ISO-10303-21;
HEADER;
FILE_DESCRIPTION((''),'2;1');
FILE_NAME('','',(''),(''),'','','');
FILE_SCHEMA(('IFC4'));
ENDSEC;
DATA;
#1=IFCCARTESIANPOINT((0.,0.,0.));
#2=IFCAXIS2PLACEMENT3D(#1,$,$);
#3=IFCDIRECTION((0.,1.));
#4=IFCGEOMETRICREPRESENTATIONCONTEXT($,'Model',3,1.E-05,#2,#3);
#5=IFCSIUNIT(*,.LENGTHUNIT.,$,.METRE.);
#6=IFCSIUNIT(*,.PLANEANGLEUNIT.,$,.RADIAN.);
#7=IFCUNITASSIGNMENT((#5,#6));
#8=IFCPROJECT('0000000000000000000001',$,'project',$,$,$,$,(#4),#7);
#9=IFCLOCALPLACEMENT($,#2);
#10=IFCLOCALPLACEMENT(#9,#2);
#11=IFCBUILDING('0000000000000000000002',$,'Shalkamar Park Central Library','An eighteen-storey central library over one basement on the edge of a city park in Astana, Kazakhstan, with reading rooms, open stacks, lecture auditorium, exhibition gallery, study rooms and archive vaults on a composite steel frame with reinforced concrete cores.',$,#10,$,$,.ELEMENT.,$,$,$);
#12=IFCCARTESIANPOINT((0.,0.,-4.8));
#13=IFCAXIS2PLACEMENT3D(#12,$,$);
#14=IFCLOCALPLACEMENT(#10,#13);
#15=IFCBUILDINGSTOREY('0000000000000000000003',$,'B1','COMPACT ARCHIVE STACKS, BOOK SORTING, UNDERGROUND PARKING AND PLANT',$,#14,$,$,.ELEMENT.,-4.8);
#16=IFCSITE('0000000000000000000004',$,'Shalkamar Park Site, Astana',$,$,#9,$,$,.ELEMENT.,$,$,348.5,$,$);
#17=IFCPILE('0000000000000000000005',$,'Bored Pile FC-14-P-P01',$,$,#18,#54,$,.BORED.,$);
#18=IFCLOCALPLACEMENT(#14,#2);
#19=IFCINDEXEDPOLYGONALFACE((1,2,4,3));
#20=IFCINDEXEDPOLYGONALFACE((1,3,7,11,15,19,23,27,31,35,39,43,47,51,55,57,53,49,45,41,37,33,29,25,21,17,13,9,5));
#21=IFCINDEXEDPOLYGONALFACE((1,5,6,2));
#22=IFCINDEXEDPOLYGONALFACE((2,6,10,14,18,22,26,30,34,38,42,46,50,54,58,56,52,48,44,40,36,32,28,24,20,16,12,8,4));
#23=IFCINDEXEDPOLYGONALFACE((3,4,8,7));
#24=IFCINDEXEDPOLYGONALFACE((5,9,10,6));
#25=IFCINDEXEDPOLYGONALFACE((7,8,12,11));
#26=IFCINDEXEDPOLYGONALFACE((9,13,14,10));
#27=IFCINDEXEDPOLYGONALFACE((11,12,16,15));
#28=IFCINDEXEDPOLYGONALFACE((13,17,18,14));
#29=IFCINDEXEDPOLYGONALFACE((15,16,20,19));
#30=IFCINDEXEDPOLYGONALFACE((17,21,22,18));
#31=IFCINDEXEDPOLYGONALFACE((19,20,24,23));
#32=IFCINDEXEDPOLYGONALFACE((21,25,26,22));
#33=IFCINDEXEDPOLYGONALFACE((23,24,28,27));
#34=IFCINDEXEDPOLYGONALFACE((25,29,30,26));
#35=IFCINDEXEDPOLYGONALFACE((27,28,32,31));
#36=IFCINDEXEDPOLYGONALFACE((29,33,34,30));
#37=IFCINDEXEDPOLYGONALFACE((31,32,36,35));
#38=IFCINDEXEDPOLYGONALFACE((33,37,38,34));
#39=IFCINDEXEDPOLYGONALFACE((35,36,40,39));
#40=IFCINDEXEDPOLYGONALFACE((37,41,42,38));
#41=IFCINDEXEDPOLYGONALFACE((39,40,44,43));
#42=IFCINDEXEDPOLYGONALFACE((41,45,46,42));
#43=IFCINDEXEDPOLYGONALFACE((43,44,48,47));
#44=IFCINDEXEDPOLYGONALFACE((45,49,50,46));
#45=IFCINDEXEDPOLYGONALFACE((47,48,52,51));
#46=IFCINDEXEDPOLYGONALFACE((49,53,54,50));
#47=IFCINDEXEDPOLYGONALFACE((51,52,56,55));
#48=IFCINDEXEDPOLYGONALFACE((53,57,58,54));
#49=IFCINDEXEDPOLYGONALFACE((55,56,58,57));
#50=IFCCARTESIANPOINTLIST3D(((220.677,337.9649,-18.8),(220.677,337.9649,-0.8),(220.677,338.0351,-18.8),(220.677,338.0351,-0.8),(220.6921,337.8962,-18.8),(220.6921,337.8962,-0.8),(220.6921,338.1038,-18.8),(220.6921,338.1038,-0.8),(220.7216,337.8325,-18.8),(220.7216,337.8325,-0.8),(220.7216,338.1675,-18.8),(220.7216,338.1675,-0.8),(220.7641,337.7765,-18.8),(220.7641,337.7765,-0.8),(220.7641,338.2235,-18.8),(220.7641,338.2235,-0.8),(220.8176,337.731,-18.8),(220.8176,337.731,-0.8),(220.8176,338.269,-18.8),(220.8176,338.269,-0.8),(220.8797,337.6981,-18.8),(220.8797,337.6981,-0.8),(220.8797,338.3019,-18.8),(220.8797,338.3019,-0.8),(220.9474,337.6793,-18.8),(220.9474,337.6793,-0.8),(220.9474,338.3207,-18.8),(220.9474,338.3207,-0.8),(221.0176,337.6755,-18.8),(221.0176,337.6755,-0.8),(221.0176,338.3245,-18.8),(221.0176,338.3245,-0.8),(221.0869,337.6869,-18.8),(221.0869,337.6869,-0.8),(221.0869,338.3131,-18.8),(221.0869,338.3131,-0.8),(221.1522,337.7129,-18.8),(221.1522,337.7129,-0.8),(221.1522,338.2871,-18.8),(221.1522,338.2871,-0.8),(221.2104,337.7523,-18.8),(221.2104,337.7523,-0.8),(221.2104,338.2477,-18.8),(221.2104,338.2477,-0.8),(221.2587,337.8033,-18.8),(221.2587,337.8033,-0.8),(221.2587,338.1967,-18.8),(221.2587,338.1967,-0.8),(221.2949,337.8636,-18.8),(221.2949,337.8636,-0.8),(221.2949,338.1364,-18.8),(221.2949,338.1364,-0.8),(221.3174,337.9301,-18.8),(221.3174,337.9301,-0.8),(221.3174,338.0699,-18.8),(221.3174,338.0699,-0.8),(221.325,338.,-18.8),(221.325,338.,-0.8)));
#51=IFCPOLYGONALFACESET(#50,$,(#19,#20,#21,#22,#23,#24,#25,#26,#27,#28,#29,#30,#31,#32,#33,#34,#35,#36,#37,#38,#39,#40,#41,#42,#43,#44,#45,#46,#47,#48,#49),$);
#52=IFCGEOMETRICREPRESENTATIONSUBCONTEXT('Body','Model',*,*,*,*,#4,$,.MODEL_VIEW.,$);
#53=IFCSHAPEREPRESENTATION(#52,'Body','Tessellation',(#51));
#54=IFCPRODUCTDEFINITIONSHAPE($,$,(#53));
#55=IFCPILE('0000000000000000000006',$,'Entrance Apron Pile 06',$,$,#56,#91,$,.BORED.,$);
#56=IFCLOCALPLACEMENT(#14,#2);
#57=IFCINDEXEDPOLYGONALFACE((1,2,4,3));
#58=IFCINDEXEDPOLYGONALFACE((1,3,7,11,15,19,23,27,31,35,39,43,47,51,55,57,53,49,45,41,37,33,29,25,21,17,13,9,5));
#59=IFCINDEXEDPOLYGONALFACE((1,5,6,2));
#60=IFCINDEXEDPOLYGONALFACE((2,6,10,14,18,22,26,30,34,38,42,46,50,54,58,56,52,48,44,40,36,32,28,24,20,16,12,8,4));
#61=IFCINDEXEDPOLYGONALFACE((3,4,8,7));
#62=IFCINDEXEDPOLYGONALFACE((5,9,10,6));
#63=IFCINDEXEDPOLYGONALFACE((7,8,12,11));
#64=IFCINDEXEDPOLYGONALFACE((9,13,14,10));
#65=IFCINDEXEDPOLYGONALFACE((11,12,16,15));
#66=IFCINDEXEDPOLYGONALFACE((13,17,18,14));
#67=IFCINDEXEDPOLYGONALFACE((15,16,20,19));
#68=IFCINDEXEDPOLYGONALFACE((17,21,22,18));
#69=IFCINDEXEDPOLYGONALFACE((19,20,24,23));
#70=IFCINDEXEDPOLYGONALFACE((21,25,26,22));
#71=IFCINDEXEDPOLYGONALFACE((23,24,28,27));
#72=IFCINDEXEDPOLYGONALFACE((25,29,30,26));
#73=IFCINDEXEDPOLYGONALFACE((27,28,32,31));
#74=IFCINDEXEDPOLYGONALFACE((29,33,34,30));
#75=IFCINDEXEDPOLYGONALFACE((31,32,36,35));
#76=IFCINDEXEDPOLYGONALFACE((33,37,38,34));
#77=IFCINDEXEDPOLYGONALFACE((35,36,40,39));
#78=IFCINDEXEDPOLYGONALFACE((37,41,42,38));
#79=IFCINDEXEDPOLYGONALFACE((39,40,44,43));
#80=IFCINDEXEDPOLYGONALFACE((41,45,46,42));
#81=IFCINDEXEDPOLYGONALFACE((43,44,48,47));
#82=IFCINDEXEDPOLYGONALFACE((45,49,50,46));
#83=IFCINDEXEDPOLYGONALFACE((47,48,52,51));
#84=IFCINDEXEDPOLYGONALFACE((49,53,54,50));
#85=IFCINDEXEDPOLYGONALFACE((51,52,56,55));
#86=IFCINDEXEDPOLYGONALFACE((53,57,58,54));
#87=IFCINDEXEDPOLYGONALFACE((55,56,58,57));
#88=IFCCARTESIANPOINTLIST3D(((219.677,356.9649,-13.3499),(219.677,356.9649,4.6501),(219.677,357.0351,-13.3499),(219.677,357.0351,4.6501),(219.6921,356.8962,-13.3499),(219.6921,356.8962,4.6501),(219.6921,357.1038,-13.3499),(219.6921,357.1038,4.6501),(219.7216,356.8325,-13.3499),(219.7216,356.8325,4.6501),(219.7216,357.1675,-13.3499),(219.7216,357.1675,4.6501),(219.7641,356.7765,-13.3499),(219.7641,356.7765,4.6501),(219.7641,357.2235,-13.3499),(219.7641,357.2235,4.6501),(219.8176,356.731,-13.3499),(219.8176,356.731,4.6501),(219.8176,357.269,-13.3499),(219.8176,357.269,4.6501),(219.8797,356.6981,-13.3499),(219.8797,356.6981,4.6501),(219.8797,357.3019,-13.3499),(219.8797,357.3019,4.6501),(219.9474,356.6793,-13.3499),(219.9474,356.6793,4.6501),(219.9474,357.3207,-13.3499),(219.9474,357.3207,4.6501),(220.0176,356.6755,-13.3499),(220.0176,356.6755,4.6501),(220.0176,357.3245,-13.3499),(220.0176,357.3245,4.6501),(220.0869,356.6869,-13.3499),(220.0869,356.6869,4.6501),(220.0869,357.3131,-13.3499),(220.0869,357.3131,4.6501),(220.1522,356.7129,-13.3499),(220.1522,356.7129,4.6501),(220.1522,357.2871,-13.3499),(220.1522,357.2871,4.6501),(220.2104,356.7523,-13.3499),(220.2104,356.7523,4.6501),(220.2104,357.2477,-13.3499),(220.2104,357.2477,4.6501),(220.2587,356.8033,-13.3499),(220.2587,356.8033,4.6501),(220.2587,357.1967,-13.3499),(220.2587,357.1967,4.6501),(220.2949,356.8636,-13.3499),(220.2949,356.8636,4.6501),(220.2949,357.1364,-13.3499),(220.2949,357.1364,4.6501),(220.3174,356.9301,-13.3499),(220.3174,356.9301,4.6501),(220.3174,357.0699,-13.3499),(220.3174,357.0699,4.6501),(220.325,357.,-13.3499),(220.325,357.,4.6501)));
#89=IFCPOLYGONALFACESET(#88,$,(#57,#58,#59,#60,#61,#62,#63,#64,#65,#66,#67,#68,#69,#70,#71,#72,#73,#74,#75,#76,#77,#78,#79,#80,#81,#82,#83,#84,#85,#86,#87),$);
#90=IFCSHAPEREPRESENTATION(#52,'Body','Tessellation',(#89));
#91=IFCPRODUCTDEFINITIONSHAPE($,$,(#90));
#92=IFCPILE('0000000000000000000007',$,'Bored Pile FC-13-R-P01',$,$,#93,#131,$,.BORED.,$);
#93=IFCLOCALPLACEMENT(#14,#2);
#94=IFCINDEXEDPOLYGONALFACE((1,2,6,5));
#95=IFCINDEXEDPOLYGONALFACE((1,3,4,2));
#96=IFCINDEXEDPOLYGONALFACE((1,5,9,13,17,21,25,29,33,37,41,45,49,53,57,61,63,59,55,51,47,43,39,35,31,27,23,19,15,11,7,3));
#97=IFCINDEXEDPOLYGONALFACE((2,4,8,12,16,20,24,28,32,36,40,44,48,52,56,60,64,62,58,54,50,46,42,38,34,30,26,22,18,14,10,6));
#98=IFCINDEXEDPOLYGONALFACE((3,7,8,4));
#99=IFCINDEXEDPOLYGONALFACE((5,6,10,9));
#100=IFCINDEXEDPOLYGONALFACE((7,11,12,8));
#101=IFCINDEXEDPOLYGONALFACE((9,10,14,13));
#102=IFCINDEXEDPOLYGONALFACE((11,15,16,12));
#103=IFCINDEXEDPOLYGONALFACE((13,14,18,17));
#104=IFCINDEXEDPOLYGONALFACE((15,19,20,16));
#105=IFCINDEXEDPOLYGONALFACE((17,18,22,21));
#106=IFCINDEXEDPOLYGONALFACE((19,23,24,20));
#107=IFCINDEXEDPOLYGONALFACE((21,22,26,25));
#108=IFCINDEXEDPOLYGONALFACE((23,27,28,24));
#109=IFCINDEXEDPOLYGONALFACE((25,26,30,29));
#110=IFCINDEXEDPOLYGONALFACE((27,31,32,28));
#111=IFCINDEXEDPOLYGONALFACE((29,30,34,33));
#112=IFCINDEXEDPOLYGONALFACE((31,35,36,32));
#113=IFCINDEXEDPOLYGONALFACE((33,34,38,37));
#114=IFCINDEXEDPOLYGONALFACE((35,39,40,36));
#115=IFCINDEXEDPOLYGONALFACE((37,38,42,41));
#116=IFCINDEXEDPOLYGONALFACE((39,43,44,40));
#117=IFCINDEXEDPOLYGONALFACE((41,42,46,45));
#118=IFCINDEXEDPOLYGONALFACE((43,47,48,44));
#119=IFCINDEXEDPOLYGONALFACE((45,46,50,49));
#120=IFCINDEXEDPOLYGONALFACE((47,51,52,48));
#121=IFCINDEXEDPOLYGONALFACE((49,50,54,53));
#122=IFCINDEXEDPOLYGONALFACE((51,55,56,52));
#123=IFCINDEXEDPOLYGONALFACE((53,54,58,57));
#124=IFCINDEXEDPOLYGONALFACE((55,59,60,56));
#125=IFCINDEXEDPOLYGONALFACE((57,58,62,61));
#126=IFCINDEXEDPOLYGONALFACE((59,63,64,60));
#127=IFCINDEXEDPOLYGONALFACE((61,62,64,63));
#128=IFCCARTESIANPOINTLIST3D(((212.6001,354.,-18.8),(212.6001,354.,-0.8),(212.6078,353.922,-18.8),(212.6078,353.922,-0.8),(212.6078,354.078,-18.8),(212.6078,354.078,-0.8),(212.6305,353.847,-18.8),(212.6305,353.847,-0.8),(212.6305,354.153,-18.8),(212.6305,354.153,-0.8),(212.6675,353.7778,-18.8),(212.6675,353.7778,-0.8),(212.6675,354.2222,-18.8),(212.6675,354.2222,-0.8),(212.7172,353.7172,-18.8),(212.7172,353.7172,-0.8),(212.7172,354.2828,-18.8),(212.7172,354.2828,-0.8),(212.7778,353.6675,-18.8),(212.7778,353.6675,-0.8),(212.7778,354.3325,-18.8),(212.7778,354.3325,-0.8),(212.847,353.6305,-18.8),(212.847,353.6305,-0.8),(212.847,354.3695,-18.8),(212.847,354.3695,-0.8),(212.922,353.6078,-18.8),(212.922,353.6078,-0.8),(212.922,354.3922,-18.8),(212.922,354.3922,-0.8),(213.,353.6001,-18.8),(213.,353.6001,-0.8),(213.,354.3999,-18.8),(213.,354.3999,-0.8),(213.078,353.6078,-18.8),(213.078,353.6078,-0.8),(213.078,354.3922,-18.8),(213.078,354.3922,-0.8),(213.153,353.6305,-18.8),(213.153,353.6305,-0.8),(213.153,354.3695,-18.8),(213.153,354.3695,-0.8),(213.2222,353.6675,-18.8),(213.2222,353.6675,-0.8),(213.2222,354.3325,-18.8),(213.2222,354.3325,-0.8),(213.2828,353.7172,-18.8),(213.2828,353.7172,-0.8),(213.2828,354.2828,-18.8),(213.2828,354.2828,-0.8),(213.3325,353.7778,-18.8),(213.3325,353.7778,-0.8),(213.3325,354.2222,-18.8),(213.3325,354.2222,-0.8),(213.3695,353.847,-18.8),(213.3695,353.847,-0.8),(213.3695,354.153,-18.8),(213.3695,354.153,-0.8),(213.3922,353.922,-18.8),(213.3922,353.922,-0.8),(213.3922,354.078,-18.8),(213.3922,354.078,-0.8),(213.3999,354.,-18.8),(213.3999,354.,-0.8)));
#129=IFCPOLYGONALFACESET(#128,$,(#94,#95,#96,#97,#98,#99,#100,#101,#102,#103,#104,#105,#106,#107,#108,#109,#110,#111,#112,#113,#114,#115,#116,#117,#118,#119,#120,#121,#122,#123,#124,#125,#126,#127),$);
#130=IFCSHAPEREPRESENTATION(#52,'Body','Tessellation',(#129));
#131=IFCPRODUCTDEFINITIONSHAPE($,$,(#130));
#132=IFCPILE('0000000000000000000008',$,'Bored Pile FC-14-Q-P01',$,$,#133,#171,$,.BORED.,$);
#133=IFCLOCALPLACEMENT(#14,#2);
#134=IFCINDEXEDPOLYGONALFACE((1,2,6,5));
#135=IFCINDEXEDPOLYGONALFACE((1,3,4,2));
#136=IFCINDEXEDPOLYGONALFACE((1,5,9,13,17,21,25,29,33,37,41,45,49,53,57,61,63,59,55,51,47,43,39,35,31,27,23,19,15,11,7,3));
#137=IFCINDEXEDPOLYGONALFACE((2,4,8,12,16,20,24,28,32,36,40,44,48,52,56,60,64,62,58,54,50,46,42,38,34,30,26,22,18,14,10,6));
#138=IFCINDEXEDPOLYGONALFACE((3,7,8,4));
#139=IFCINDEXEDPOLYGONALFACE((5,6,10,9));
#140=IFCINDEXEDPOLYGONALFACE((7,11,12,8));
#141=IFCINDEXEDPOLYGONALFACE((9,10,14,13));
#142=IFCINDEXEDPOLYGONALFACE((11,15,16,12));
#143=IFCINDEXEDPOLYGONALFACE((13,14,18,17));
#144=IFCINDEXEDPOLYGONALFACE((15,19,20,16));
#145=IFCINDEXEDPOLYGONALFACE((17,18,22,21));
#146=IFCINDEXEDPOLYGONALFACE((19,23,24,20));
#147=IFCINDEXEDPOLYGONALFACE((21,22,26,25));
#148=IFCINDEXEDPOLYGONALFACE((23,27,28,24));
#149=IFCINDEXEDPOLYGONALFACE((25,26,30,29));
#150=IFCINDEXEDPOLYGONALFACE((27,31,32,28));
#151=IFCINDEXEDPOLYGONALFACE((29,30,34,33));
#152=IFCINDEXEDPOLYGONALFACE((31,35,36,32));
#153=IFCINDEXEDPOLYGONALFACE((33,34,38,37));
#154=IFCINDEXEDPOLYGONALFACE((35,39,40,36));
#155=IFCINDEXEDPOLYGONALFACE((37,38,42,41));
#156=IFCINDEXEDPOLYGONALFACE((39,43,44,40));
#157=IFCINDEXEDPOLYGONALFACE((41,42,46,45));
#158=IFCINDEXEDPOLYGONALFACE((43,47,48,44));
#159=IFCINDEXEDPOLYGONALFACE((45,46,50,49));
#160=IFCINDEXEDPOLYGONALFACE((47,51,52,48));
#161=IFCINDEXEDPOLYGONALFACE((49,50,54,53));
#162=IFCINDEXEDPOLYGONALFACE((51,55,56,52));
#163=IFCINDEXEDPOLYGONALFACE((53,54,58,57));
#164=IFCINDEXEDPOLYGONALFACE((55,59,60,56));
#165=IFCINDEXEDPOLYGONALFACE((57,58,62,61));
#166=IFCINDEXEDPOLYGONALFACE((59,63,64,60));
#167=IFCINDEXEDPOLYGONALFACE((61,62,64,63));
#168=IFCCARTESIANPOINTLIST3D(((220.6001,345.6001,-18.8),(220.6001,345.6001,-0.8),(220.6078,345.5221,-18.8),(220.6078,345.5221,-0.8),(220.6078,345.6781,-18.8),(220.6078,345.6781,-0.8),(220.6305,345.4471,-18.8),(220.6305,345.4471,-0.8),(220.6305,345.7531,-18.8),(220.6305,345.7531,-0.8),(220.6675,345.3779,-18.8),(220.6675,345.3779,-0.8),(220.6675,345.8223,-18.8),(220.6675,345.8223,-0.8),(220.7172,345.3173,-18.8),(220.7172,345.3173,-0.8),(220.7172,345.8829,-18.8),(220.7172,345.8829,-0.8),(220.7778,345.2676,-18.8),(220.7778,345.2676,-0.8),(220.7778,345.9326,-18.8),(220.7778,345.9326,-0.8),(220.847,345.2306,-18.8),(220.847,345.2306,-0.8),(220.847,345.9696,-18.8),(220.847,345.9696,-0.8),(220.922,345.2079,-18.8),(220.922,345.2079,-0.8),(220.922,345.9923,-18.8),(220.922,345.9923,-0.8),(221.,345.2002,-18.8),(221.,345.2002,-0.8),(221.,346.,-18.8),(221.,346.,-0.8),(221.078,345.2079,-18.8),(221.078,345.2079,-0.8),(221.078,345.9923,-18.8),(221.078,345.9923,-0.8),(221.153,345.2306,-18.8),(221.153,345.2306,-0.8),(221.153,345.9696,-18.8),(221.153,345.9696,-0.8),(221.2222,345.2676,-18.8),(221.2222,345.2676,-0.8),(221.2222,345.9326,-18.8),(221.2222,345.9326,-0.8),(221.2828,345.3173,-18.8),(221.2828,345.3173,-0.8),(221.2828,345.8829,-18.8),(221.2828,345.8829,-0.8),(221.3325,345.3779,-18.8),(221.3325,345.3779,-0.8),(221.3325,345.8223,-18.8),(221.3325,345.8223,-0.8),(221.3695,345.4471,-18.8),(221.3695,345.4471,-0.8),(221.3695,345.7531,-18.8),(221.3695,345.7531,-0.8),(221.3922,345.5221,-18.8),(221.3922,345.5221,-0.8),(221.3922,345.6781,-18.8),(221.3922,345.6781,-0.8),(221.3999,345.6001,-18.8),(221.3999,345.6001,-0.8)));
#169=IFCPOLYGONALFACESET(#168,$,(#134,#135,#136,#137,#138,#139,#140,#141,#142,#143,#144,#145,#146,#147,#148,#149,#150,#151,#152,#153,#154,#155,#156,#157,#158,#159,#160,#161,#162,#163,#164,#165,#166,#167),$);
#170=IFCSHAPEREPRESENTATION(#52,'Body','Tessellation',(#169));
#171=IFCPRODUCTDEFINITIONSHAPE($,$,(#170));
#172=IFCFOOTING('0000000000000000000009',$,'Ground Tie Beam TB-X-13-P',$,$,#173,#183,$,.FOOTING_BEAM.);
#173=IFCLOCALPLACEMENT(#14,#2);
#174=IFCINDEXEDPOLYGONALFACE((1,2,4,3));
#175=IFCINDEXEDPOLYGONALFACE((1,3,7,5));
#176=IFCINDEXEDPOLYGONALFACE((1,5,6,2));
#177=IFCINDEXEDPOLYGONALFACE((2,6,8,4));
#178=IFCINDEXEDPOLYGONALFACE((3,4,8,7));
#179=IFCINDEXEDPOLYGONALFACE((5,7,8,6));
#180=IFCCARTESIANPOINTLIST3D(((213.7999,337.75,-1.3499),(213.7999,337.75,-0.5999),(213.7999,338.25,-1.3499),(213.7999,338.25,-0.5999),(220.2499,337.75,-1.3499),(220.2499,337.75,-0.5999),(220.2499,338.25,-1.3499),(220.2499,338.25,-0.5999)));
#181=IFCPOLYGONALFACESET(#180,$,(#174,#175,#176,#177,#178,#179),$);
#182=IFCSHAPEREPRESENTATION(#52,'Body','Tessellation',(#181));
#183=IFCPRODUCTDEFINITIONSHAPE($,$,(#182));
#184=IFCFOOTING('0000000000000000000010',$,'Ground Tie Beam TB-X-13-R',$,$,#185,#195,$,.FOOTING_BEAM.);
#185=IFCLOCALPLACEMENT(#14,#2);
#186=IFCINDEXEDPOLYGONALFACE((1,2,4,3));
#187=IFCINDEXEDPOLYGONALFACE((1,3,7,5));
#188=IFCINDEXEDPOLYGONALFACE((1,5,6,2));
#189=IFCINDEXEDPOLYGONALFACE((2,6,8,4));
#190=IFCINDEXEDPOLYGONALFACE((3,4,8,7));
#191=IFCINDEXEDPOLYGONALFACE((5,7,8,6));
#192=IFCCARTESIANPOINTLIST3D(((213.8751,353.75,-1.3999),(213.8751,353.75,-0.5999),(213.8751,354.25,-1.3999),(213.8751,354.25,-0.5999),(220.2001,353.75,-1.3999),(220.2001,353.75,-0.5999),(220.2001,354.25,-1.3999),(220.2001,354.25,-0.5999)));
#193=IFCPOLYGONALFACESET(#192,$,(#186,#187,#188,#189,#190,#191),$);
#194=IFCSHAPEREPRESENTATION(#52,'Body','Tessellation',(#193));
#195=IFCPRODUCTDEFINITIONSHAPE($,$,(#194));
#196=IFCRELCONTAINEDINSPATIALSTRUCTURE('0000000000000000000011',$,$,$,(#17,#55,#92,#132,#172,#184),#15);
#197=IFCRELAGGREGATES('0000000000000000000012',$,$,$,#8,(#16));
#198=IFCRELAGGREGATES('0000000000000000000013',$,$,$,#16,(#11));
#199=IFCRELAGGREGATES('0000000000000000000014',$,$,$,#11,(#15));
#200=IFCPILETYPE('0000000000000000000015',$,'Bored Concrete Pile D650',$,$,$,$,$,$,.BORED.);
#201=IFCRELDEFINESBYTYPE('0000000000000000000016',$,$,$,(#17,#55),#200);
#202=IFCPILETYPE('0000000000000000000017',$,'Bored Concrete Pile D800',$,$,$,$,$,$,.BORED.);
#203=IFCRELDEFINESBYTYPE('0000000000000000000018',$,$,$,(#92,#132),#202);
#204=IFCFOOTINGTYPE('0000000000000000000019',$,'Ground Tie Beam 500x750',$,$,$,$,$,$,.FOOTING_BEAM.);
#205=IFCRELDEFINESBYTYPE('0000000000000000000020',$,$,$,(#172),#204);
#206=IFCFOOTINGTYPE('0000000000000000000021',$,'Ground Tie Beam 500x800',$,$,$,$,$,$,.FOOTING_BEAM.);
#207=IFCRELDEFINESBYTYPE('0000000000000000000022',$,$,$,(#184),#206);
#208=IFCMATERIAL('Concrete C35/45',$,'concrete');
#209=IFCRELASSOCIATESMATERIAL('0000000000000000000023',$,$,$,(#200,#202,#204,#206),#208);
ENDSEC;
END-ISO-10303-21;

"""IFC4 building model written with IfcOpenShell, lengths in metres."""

from ifc_helpers import new_model, si_unit, direction, frame, origin, origin_2d, place, context, subcontext, project, spatial, rectangle, circle, extrude, material, material_profile, profile_set, type_object, element, save


model = new_model("IFC4")

# Units and contexts
model_context = context("Model", 3, precision=1e-05, world=origin(), true_north=direction((0.0, 1.0)))
body_context = subcontext(model_context, "Body", "Model", "MODEL_VIEW")
ifc_project = project(units=[si_unit("LENGTHUNIT", "METRE"), si_unit("PLANEANGLEUNIT", "RADIAN")], contexts=[model_context])

# Site, building, storey
site_placement = place(None, origin())
site = spatial("IfcSite", under=ifc_project, at=site_placement, Name="Shalkamar Park Site, Astana", CompositionType="ELEMENT", RefElevation=348.5)
building_placement = place(site_placement, origin())
building = spatial("IfcBuilding", under=site, at=building_placement, Name="Shalkamar Park Central Library", Description="An eighteen-storey central library over one basement on the edge of a city park in Astana, Kazakhstan, with reading rooms, open stacks, lecture auditorium, exhibition gallery, study rooms and archive vaults on a composite steel frame with reinforced concrete cores.", CompositionType="ELEMENT")
storey_placement = place(building_placement, frame((0.0, 0.0, -4.8)))
storey = spatial("IfcBuildingStorey", under=building, at=storey_placement, Name="B1", Description="COMPACT ARCHIVE STACKS, BOOK SORTING, UNDERGROUND PARKING AND PLANT", CompositionType="ELEMENT", Elevation=-4.8)

# Piles
ifc_material_1 = material(Name="Concrete C35/45", Category="concrete")
ifc_material_profile_1 = material_profile(ifc_material_1, circle(Radius=0.325, at=origin_2d()), Name="PILE D650")
ifc_profile_set_1 = profile_set([ifc_material_profile_1], Name="Concrete C35/45")
pile_type_1 = type_object("IfcPileType", Name="Bored Concrete Pile D650", PredefinedType="BORED", material=ifc_profile_set_1)
for number, where, z_axis, x_axis, name in (
    (1, (221.0, 338.0, -0.8), (0.0, 0.0, -1.0), (1.0, 0.0, 0.0), "Bored Pile FC-14-P-P01"),
    (2, (220.0, 357.0, 4.6501), (0.0, 0.0, -1.0), (1.0, 0.0, 0.0), "Entrance Apron Pile 06"),
):
    element("IfcPile", number, at=place(storey_placement, frame(where, z_axis=z_axis, x_axis=x_axis)), inside=storey, type_object=pile_type_1, Name=name, PredefinedType="BORED", context=body_context, shape_type="SweptSolid", body=[
        extrude(circle(Radius=0.325, at=origin_2d()), origin(), (0.0, 0.0, 1.0), 18.0),
    ])
ifc_material_profile_2 = material_profile(ifc_material_1, circle(Radius=0.3999, at=origin_2d()), Name="PILE D800")
ifc_profile_set_2 = profile_set([ifc_material_profile_2], Name="Concrete C35/45")
pile_type_2 = type_object("IfcPileType", Name="Bored Concrete Pile D800", PredefinedType="BORED", material=ifc_profile_set_2)
for number, where, z_axis, x_axis, name in (
    (3, (213.0, 354.0, -0.8), (0.0, 0.0, -1.0), (1.0, 0.0, 0.0), "Bored Pile FC-13-R-P01"),
    (4, (221.0, 345.6001, -0.8), (0.0, 0.0, -1.0), (1.0, 0.0, 0.0), "Bored Pile FC-14-Q-P01"),
):
    element("IfcPile", number, at=place(storey_placement, frame(where, z_axis=z_axis, x_axis=x_axis)), inside=storey, type_object=pile_type_2, Name=name, PredefinedType="BORED", context=body_context, shape_type="SweptSolid", body=[
        extrude(circle(Radius=0.3999, at=origin_2d()), origin(), (0.0, 0.0, 1.0), 18.0),
    ])

# Footings
footing_type_1 = type_object("IfcFootingType", Name="Ground Tie Beam 500x750", PredefinedType="FOOTING_BEAM", material=ifc_material_1)
footing_1_placement = place(storey_placement, frame((217.0249, 338.0, -1.3499), z_axis=(0.0, 0.0, 1.0), x_axis=(1.0, 0.0, 0.0)))
element("IfcFooting", 5, at=footing_1_placement, inside=storey, type_object=footing_type_1, Name="Ground Tie Beam TB-X-13-P", PredefinedType="FOOTING_BEAM", context=body_context, shape_type="SweptSolid", body=[
    extrude(rectangle(XDim=6.45, YDim=0.5, at=origin_2d()), origin(), (0.0, 0.0, 1.0), 0.75),
])
footing_type_2 = type_object("IfcFootingType", Name="Ground Tie Beam 500x800", PredefinedType="FOOTING_BEAM", material=ifc_material_1)
footing_2_placement = place(storey_placement, frame((217.0376, 354.0, -1.3999), z_axis=(0.0, 0.0, 1.0), x_axis=(1.0, 0.0, 0.0)))
element("IfcFooting", 6, at=footing_2_placement, inside=storey, type_object=footing_type_2, Name="Ground Tie Beam TB-X-13-R", PredefinedType="FOOTING_BEAM", context=body_context, shape_type="SweptSolid", body=[
    extrude(rectangle(XDim=6.325, YDim=0.5, at=origin_2d()), origin(), (0.0, 0.0, 1.0), 0.8),
])

save(model, "model.ifc")
